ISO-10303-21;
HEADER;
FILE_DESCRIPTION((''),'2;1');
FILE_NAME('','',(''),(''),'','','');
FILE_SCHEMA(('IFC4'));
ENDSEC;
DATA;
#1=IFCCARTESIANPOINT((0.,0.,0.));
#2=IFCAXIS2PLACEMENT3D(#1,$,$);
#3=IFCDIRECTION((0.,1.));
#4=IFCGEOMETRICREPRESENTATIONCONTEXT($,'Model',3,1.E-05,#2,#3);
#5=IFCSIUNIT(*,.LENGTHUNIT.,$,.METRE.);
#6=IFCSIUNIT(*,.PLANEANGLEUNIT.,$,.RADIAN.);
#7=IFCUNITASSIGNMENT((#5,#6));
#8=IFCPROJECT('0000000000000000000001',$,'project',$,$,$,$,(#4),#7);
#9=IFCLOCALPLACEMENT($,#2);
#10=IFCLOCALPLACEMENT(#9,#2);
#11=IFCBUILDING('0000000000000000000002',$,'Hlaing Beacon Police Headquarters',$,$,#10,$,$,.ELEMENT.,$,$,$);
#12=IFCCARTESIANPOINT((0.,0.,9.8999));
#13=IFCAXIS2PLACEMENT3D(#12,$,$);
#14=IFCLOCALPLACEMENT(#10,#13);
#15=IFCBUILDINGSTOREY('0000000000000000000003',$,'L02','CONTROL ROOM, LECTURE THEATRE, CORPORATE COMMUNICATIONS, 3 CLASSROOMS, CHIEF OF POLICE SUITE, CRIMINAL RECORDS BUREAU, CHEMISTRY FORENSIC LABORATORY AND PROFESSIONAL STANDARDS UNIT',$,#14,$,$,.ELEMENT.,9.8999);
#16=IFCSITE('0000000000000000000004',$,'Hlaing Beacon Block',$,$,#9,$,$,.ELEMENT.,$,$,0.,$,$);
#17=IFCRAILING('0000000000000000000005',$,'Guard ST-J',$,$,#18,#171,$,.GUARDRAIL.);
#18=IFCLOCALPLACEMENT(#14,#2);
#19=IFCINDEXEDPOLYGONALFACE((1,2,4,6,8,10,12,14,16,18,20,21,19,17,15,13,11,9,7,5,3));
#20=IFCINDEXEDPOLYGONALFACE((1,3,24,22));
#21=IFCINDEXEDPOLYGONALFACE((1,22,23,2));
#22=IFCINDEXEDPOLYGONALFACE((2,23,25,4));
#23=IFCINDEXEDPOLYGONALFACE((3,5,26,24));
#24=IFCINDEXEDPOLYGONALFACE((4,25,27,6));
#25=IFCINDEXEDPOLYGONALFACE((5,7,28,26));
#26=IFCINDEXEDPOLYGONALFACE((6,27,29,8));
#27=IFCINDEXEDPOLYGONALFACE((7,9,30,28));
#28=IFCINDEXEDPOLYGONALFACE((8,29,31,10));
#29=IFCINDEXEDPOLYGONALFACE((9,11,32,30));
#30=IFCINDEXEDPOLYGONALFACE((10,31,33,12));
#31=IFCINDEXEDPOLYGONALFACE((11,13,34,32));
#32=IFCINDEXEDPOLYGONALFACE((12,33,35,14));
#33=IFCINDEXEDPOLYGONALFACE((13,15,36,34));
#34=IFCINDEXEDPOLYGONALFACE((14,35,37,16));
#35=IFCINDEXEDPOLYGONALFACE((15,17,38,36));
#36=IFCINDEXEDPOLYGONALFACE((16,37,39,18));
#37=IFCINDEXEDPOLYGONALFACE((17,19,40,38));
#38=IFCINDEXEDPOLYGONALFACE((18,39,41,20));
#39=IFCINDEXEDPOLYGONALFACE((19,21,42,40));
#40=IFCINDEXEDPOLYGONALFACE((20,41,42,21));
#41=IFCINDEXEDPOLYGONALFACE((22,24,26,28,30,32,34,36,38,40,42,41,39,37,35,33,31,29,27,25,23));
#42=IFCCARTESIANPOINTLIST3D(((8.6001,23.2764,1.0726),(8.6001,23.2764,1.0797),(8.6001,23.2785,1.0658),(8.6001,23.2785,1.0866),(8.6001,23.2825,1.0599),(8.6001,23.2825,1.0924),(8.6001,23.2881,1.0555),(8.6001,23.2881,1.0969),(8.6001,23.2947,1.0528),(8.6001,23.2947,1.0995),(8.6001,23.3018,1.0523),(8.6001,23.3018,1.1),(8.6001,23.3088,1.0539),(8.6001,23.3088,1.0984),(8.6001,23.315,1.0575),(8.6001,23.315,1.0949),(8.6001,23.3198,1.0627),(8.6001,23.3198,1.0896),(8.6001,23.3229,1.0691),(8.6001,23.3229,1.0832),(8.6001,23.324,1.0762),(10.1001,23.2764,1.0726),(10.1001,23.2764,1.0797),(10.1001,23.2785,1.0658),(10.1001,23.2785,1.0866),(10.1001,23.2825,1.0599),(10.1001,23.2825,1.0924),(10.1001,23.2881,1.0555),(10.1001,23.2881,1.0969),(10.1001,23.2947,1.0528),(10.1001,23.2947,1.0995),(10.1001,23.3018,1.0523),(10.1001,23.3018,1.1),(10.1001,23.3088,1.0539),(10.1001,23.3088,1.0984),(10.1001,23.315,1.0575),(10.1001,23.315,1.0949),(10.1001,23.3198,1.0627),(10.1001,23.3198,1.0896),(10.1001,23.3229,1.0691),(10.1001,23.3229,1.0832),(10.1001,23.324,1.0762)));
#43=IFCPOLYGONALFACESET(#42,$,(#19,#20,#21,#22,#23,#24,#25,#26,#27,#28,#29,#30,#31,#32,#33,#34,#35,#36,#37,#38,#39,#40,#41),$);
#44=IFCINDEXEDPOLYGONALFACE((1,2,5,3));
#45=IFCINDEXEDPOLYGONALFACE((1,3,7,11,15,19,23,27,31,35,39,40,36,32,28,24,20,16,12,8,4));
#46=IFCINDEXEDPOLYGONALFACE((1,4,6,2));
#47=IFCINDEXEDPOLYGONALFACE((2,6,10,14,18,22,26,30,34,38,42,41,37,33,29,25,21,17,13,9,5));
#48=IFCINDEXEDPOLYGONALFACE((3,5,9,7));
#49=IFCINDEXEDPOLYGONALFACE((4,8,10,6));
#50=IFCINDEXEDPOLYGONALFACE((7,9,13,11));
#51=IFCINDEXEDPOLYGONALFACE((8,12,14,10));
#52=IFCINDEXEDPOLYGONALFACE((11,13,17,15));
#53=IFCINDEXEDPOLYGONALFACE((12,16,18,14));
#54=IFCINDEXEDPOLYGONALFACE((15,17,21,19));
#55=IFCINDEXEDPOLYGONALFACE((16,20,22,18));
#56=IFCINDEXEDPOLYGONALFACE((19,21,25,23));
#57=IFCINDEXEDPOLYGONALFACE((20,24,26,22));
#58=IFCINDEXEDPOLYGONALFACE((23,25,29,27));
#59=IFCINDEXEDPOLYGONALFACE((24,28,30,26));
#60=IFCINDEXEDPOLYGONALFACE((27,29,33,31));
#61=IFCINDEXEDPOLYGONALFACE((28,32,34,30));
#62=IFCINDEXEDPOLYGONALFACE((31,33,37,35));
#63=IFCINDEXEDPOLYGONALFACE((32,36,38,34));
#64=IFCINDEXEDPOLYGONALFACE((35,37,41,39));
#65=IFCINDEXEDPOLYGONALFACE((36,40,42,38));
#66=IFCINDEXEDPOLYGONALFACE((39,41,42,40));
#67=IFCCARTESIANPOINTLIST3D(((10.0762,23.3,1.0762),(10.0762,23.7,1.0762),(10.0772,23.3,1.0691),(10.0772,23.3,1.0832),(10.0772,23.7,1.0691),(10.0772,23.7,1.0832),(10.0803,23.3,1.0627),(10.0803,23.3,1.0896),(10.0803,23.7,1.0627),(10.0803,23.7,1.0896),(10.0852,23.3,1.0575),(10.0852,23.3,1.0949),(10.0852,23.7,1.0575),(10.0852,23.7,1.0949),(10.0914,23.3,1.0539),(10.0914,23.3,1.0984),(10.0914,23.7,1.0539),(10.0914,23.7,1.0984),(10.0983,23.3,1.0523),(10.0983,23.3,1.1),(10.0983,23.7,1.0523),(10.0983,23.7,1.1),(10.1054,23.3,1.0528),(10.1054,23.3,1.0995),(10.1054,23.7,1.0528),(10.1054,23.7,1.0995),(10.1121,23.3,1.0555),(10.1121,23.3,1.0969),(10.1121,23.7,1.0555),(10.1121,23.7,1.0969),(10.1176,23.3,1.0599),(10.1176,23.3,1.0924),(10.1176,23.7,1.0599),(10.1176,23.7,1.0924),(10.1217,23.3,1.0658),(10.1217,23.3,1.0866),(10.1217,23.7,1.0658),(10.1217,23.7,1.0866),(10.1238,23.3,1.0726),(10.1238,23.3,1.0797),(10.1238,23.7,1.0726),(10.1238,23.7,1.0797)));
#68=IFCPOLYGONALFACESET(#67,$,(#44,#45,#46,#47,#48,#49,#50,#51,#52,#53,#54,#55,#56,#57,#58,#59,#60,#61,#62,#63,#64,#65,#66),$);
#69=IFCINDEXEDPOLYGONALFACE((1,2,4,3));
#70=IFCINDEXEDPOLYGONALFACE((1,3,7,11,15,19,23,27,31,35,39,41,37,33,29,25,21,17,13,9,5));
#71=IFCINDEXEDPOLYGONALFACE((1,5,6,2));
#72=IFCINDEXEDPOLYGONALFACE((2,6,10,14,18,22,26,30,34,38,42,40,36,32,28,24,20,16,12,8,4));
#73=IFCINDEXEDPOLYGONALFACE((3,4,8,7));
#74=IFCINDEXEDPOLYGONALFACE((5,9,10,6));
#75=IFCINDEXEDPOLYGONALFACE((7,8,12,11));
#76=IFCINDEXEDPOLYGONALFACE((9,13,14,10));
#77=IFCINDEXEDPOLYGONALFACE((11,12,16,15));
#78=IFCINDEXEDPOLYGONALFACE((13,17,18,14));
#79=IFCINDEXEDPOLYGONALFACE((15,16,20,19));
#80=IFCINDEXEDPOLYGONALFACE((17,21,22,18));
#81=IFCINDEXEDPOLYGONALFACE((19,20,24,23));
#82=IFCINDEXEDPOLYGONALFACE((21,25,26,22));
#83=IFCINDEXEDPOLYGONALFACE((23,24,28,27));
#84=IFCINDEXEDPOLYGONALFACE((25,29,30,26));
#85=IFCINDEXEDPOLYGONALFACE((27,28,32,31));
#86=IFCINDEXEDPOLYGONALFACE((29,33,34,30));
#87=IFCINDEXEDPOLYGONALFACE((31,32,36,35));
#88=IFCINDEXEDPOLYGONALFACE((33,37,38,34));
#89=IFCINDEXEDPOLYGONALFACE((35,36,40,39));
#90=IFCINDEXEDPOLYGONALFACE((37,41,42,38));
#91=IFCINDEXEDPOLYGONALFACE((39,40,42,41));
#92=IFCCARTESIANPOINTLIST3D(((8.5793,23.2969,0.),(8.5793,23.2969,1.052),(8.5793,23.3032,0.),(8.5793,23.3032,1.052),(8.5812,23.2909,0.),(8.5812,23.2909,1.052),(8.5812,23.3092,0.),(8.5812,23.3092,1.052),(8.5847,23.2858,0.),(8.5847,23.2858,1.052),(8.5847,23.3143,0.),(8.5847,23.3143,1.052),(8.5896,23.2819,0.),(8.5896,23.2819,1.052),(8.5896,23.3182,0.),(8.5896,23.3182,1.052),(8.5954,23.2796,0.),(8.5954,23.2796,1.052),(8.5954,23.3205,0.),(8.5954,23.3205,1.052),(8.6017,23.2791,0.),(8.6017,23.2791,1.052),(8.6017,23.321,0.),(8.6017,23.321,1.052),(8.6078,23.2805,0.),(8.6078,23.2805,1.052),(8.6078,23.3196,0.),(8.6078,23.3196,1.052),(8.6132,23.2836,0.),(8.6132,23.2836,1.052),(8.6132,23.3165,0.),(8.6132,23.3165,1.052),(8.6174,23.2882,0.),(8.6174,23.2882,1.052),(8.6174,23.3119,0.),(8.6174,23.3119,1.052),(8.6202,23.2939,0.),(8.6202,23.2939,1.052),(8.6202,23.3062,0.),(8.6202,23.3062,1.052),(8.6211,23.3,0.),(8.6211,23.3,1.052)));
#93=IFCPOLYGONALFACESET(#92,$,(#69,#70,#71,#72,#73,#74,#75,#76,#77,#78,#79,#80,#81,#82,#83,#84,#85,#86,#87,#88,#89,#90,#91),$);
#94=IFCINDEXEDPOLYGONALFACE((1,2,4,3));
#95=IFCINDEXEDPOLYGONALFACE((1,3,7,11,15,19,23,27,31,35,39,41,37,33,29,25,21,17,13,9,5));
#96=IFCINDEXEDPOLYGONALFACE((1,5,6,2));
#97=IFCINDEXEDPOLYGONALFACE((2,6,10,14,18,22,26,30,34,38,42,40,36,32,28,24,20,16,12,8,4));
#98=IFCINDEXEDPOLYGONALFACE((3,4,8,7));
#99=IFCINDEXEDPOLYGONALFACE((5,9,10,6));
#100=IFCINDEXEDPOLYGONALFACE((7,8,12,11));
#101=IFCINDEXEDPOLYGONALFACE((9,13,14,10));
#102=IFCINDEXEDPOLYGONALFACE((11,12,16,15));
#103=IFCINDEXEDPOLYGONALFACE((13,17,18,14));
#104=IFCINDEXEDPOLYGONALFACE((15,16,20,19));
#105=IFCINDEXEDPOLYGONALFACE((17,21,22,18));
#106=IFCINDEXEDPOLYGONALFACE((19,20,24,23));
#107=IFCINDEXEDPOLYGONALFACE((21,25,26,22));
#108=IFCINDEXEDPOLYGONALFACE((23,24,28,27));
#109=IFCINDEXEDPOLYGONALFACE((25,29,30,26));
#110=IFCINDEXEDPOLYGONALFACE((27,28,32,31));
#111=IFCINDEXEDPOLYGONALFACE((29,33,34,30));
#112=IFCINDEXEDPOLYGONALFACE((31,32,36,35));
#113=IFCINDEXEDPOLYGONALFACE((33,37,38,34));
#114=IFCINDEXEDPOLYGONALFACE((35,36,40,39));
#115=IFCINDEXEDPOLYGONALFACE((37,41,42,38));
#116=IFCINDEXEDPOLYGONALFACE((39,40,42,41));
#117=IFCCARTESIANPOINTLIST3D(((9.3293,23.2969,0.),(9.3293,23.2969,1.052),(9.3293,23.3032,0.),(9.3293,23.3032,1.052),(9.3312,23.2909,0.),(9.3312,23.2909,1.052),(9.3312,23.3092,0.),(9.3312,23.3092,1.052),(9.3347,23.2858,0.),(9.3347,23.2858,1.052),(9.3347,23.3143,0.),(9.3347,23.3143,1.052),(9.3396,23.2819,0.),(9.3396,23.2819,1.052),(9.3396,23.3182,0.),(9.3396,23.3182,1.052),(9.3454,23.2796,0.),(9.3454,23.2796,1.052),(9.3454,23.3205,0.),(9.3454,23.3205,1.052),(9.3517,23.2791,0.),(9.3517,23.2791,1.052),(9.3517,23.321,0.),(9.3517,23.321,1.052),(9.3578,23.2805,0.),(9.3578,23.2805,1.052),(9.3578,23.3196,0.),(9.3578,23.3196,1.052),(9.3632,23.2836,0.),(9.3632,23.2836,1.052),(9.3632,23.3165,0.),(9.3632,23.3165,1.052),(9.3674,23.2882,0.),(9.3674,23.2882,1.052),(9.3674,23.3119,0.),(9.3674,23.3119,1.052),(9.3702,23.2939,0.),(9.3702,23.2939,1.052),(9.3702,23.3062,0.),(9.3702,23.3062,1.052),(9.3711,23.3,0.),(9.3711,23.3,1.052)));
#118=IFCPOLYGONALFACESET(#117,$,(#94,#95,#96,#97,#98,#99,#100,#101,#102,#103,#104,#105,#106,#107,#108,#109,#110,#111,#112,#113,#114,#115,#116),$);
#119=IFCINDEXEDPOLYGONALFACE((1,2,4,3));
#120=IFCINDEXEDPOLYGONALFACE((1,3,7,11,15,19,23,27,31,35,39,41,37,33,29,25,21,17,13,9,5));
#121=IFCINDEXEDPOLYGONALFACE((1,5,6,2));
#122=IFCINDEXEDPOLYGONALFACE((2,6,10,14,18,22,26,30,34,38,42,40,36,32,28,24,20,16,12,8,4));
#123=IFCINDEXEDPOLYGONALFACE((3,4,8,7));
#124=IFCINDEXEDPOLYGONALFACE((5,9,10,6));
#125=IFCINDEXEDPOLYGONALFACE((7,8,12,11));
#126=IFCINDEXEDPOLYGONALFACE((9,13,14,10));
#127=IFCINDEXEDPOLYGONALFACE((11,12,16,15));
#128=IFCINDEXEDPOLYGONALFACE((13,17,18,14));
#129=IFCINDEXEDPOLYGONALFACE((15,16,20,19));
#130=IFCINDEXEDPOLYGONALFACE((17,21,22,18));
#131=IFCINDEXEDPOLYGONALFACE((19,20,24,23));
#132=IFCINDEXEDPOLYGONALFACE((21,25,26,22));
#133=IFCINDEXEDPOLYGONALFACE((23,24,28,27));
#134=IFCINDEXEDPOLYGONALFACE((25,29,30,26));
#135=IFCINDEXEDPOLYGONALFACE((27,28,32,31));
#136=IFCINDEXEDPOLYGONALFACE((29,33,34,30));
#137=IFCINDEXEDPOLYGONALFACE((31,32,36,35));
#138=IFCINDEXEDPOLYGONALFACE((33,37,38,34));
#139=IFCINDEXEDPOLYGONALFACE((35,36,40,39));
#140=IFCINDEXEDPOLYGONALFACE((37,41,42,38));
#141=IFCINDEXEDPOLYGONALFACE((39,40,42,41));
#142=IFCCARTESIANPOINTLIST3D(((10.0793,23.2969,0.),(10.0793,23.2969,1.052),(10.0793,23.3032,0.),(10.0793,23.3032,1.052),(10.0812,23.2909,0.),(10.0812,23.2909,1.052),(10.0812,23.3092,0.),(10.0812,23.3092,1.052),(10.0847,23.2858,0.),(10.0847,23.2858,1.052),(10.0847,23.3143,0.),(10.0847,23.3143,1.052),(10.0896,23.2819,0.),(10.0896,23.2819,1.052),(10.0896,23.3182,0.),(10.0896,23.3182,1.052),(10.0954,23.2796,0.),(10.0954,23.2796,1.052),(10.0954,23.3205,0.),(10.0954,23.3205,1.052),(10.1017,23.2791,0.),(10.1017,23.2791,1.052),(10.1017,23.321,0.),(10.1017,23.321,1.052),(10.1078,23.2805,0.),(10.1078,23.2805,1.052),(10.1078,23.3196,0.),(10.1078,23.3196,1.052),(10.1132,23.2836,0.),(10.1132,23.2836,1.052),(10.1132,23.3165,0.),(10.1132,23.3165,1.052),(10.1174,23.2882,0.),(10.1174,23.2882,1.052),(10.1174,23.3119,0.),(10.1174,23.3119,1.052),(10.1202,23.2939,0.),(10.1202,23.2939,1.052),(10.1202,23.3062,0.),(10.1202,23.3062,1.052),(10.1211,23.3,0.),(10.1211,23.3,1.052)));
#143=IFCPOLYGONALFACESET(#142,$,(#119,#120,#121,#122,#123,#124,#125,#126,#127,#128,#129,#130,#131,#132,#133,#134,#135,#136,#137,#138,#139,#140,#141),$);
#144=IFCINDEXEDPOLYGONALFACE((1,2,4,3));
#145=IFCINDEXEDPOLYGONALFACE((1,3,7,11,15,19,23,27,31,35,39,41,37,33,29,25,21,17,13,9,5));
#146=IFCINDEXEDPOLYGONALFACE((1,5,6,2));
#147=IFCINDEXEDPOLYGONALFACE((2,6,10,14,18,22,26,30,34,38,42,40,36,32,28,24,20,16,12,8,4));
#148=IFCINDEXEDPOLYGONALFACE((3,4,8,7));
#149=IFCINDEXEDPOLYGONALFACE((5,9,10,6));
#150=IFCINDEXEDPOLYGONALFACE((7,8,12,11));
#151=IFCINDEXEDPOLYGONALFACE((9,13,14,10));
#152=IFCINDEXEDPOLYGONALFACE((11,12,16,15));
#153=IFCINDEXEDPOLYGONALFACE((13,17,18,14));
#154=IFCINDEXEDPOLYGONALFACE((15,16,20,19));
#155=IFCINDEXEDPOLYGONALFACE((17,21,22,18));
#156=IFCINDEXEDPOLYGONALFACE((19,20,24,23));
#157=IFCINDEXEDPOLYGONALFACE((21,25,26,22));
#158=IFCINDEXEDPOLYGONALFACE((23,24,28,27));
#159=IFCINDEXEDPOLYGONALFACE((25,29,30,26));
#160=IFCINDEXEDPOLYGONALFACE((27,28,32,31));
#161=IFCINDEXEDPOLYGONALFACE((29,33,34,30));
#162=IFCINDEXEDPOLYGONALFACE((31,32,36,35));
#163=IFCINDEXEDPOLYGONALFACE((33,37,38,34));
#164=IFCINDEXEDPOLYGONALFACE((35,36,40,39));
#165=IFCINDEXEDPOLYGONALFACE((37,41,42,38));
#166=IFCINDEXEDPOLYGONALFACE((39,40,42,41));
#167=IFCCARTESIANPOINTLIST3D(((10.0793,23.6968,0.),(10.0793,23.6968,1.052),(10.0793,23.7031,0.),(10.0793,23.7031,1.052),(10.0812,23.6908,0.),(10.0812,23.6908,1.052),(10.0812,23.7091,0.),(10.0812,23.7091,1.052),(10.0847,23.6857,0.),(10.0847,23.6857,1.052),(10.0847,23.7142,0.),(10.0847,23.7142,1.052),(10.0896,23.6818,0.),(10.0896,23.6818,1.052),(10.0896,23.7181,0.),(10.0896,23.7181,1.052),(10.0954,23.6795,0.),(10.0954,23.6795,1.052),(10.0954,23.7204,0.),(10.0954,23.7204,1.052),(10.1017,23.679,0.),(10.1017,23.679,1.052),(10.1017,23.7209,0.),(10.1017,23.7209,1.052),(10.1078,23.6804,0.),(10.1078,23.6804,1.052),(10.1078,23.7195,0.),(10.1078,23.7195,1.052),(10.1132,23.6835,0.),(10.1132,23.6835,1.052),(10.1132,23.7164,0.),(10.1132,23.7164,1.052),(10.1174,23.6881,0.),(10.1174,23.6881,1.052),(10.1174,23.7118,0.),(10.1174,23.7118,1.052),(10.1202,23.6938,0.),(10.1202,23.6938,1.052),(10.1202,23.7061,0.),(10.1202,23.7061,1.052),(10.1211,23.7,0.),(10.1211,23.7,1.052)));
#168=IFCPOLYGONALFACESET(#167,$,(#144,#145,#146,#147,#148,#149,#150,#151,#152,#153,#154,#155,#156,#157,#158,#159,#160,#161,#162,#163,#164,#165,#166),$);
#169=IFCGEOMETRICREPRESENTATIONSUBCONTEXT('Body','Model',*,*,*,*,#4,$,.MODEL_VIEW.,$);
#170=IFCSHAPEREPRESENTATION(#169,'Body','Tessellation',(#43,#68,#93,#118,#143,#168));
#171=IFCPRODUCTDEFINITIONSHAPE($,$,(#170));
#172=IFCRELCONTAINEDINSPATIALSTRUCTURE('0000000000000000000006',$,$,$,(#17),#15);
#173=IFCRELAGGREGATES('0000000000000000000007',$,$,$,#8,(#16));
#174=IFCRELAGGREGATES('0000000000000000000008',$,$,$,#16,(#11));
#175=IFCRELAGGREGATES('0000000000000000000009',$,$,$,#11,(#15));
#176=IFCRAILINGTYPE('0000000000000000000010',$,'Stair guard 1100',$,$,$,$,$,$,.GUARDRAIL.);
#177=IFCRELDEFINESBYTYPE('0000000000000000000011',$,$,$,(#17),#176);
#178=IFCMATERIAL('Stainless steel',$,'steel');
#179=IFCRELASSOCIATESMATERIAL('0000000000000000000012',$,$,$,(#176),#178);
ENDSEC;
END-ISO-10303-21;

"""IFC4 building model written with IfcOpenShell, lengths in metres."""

from ifc_helpers import new_model, si_unit, direction, frame, origin, origin_2d, place, context, subcontext, project, spatial, circle, extrude, material, type_object, element, save


model = new_model("IFC4")

# Units and contexts
model_context = context("Model", 3, precision=1e-05, world=origin(), true_north=direction((0.0, 1.0)))
body_context = subcontext(model_context, "Body", "Model", "MODEL_VIEW")
ifc_project = project(units=[si_unit("LENGTHUNIT", "METRE"), si_unit("PLANEANGLEUNIT", "RADIAN")], contexts=[model_context])

# Site, building, storey
site_placement = place(None, origin())
site = spatial("IfcSite", under=ifc_project, at=site_placement, Name="Hlaing Beacon Block", CompositionType="ELEMENT", RefElevation=0.0)
building_placement = place(site_placement, origin())
building = spatial("IfcBuilding", under=site, at=building_placement, Name="Hlaing Beacon Police Headquarters", CompositionType="ELEMENT")
storey_placement = place(building_placement, frame((0.0, 0.0, 9.8999)))
storey = spatial("IfcBuildingStorey", under=building, at=storey_placement, Name="L02", Description="CONTROL ROOM, LECTURE THEATRE, CORPORATE COMMUNICATIONS, 3 CLASSROOMS, CHIEF OF POLICE SUITE, CRIMINAL RECORDS BUREAU, CHEMISTRY FORENSIC LABORATORY AND PROFESSIONAL STANDARDS UNIT", CompositionType="ELEMENT", Elevation=9.8999)

# Railing
ifc_material_1 = material(Name="Stainless steel", Category="steel")
railing_type_1 = type_object("IfcRailingType", Name="Stair guard 1100", PredefinedType="GUARDRAIL", material=ifc_material_1)
railing_placement = place(storey_placement, frame((8.6001, 23.3, 0.0)))
element("IfcRailing", 1, at=railing_placement, inside=storey, type_object=railing_type_1, Name="Guard ST-J", PredefinedType="GUARDRAIL", context=body_context, shape_type="SweptSolid", body=[
    extrude(circle(Radius=0.0239, at=origin_2d()), frame((0.0, 0.0, 1.0762), z_axis=(1.0, 0.0, 0.0), x_axis=(0.0, 1.0, 0.0)), (0.0, 0.0, 1.0), 1.5),
    extrude(circle(Radius=0.0239, at=origin_2d()), frame((1.5, 0.0, 1.0762), z_axis=(0.0, 1.0, 0.0), x_axis=(-1.0, 0.0, 0.0)), (0.0, 0.0, 1.0), 0.3999),
    extrude(circle(Radius=0.021, at=origin_2d()), origin(), (0.0, 0.0, 1.0), 1.052),
    extrude(circle(Radius=0.021, at=origin_2d()), frame((0.75, 0.0, 0.0)), (0.0, 0.0, 1.0), 1.052),
    extrude(circle(Radius=0.021, at=origin_2d()), frame((1.5, 0.0, 0.0)), (0.0, 0.0, 1.0), 1.052),
    extrude(circle(Radius=0.021, at=origin_2d()), frame((1.5, 0.3999, 0.0)), (0.0, 0.0, 1.0), 1.052),
])

save(model, "model.ifc")
